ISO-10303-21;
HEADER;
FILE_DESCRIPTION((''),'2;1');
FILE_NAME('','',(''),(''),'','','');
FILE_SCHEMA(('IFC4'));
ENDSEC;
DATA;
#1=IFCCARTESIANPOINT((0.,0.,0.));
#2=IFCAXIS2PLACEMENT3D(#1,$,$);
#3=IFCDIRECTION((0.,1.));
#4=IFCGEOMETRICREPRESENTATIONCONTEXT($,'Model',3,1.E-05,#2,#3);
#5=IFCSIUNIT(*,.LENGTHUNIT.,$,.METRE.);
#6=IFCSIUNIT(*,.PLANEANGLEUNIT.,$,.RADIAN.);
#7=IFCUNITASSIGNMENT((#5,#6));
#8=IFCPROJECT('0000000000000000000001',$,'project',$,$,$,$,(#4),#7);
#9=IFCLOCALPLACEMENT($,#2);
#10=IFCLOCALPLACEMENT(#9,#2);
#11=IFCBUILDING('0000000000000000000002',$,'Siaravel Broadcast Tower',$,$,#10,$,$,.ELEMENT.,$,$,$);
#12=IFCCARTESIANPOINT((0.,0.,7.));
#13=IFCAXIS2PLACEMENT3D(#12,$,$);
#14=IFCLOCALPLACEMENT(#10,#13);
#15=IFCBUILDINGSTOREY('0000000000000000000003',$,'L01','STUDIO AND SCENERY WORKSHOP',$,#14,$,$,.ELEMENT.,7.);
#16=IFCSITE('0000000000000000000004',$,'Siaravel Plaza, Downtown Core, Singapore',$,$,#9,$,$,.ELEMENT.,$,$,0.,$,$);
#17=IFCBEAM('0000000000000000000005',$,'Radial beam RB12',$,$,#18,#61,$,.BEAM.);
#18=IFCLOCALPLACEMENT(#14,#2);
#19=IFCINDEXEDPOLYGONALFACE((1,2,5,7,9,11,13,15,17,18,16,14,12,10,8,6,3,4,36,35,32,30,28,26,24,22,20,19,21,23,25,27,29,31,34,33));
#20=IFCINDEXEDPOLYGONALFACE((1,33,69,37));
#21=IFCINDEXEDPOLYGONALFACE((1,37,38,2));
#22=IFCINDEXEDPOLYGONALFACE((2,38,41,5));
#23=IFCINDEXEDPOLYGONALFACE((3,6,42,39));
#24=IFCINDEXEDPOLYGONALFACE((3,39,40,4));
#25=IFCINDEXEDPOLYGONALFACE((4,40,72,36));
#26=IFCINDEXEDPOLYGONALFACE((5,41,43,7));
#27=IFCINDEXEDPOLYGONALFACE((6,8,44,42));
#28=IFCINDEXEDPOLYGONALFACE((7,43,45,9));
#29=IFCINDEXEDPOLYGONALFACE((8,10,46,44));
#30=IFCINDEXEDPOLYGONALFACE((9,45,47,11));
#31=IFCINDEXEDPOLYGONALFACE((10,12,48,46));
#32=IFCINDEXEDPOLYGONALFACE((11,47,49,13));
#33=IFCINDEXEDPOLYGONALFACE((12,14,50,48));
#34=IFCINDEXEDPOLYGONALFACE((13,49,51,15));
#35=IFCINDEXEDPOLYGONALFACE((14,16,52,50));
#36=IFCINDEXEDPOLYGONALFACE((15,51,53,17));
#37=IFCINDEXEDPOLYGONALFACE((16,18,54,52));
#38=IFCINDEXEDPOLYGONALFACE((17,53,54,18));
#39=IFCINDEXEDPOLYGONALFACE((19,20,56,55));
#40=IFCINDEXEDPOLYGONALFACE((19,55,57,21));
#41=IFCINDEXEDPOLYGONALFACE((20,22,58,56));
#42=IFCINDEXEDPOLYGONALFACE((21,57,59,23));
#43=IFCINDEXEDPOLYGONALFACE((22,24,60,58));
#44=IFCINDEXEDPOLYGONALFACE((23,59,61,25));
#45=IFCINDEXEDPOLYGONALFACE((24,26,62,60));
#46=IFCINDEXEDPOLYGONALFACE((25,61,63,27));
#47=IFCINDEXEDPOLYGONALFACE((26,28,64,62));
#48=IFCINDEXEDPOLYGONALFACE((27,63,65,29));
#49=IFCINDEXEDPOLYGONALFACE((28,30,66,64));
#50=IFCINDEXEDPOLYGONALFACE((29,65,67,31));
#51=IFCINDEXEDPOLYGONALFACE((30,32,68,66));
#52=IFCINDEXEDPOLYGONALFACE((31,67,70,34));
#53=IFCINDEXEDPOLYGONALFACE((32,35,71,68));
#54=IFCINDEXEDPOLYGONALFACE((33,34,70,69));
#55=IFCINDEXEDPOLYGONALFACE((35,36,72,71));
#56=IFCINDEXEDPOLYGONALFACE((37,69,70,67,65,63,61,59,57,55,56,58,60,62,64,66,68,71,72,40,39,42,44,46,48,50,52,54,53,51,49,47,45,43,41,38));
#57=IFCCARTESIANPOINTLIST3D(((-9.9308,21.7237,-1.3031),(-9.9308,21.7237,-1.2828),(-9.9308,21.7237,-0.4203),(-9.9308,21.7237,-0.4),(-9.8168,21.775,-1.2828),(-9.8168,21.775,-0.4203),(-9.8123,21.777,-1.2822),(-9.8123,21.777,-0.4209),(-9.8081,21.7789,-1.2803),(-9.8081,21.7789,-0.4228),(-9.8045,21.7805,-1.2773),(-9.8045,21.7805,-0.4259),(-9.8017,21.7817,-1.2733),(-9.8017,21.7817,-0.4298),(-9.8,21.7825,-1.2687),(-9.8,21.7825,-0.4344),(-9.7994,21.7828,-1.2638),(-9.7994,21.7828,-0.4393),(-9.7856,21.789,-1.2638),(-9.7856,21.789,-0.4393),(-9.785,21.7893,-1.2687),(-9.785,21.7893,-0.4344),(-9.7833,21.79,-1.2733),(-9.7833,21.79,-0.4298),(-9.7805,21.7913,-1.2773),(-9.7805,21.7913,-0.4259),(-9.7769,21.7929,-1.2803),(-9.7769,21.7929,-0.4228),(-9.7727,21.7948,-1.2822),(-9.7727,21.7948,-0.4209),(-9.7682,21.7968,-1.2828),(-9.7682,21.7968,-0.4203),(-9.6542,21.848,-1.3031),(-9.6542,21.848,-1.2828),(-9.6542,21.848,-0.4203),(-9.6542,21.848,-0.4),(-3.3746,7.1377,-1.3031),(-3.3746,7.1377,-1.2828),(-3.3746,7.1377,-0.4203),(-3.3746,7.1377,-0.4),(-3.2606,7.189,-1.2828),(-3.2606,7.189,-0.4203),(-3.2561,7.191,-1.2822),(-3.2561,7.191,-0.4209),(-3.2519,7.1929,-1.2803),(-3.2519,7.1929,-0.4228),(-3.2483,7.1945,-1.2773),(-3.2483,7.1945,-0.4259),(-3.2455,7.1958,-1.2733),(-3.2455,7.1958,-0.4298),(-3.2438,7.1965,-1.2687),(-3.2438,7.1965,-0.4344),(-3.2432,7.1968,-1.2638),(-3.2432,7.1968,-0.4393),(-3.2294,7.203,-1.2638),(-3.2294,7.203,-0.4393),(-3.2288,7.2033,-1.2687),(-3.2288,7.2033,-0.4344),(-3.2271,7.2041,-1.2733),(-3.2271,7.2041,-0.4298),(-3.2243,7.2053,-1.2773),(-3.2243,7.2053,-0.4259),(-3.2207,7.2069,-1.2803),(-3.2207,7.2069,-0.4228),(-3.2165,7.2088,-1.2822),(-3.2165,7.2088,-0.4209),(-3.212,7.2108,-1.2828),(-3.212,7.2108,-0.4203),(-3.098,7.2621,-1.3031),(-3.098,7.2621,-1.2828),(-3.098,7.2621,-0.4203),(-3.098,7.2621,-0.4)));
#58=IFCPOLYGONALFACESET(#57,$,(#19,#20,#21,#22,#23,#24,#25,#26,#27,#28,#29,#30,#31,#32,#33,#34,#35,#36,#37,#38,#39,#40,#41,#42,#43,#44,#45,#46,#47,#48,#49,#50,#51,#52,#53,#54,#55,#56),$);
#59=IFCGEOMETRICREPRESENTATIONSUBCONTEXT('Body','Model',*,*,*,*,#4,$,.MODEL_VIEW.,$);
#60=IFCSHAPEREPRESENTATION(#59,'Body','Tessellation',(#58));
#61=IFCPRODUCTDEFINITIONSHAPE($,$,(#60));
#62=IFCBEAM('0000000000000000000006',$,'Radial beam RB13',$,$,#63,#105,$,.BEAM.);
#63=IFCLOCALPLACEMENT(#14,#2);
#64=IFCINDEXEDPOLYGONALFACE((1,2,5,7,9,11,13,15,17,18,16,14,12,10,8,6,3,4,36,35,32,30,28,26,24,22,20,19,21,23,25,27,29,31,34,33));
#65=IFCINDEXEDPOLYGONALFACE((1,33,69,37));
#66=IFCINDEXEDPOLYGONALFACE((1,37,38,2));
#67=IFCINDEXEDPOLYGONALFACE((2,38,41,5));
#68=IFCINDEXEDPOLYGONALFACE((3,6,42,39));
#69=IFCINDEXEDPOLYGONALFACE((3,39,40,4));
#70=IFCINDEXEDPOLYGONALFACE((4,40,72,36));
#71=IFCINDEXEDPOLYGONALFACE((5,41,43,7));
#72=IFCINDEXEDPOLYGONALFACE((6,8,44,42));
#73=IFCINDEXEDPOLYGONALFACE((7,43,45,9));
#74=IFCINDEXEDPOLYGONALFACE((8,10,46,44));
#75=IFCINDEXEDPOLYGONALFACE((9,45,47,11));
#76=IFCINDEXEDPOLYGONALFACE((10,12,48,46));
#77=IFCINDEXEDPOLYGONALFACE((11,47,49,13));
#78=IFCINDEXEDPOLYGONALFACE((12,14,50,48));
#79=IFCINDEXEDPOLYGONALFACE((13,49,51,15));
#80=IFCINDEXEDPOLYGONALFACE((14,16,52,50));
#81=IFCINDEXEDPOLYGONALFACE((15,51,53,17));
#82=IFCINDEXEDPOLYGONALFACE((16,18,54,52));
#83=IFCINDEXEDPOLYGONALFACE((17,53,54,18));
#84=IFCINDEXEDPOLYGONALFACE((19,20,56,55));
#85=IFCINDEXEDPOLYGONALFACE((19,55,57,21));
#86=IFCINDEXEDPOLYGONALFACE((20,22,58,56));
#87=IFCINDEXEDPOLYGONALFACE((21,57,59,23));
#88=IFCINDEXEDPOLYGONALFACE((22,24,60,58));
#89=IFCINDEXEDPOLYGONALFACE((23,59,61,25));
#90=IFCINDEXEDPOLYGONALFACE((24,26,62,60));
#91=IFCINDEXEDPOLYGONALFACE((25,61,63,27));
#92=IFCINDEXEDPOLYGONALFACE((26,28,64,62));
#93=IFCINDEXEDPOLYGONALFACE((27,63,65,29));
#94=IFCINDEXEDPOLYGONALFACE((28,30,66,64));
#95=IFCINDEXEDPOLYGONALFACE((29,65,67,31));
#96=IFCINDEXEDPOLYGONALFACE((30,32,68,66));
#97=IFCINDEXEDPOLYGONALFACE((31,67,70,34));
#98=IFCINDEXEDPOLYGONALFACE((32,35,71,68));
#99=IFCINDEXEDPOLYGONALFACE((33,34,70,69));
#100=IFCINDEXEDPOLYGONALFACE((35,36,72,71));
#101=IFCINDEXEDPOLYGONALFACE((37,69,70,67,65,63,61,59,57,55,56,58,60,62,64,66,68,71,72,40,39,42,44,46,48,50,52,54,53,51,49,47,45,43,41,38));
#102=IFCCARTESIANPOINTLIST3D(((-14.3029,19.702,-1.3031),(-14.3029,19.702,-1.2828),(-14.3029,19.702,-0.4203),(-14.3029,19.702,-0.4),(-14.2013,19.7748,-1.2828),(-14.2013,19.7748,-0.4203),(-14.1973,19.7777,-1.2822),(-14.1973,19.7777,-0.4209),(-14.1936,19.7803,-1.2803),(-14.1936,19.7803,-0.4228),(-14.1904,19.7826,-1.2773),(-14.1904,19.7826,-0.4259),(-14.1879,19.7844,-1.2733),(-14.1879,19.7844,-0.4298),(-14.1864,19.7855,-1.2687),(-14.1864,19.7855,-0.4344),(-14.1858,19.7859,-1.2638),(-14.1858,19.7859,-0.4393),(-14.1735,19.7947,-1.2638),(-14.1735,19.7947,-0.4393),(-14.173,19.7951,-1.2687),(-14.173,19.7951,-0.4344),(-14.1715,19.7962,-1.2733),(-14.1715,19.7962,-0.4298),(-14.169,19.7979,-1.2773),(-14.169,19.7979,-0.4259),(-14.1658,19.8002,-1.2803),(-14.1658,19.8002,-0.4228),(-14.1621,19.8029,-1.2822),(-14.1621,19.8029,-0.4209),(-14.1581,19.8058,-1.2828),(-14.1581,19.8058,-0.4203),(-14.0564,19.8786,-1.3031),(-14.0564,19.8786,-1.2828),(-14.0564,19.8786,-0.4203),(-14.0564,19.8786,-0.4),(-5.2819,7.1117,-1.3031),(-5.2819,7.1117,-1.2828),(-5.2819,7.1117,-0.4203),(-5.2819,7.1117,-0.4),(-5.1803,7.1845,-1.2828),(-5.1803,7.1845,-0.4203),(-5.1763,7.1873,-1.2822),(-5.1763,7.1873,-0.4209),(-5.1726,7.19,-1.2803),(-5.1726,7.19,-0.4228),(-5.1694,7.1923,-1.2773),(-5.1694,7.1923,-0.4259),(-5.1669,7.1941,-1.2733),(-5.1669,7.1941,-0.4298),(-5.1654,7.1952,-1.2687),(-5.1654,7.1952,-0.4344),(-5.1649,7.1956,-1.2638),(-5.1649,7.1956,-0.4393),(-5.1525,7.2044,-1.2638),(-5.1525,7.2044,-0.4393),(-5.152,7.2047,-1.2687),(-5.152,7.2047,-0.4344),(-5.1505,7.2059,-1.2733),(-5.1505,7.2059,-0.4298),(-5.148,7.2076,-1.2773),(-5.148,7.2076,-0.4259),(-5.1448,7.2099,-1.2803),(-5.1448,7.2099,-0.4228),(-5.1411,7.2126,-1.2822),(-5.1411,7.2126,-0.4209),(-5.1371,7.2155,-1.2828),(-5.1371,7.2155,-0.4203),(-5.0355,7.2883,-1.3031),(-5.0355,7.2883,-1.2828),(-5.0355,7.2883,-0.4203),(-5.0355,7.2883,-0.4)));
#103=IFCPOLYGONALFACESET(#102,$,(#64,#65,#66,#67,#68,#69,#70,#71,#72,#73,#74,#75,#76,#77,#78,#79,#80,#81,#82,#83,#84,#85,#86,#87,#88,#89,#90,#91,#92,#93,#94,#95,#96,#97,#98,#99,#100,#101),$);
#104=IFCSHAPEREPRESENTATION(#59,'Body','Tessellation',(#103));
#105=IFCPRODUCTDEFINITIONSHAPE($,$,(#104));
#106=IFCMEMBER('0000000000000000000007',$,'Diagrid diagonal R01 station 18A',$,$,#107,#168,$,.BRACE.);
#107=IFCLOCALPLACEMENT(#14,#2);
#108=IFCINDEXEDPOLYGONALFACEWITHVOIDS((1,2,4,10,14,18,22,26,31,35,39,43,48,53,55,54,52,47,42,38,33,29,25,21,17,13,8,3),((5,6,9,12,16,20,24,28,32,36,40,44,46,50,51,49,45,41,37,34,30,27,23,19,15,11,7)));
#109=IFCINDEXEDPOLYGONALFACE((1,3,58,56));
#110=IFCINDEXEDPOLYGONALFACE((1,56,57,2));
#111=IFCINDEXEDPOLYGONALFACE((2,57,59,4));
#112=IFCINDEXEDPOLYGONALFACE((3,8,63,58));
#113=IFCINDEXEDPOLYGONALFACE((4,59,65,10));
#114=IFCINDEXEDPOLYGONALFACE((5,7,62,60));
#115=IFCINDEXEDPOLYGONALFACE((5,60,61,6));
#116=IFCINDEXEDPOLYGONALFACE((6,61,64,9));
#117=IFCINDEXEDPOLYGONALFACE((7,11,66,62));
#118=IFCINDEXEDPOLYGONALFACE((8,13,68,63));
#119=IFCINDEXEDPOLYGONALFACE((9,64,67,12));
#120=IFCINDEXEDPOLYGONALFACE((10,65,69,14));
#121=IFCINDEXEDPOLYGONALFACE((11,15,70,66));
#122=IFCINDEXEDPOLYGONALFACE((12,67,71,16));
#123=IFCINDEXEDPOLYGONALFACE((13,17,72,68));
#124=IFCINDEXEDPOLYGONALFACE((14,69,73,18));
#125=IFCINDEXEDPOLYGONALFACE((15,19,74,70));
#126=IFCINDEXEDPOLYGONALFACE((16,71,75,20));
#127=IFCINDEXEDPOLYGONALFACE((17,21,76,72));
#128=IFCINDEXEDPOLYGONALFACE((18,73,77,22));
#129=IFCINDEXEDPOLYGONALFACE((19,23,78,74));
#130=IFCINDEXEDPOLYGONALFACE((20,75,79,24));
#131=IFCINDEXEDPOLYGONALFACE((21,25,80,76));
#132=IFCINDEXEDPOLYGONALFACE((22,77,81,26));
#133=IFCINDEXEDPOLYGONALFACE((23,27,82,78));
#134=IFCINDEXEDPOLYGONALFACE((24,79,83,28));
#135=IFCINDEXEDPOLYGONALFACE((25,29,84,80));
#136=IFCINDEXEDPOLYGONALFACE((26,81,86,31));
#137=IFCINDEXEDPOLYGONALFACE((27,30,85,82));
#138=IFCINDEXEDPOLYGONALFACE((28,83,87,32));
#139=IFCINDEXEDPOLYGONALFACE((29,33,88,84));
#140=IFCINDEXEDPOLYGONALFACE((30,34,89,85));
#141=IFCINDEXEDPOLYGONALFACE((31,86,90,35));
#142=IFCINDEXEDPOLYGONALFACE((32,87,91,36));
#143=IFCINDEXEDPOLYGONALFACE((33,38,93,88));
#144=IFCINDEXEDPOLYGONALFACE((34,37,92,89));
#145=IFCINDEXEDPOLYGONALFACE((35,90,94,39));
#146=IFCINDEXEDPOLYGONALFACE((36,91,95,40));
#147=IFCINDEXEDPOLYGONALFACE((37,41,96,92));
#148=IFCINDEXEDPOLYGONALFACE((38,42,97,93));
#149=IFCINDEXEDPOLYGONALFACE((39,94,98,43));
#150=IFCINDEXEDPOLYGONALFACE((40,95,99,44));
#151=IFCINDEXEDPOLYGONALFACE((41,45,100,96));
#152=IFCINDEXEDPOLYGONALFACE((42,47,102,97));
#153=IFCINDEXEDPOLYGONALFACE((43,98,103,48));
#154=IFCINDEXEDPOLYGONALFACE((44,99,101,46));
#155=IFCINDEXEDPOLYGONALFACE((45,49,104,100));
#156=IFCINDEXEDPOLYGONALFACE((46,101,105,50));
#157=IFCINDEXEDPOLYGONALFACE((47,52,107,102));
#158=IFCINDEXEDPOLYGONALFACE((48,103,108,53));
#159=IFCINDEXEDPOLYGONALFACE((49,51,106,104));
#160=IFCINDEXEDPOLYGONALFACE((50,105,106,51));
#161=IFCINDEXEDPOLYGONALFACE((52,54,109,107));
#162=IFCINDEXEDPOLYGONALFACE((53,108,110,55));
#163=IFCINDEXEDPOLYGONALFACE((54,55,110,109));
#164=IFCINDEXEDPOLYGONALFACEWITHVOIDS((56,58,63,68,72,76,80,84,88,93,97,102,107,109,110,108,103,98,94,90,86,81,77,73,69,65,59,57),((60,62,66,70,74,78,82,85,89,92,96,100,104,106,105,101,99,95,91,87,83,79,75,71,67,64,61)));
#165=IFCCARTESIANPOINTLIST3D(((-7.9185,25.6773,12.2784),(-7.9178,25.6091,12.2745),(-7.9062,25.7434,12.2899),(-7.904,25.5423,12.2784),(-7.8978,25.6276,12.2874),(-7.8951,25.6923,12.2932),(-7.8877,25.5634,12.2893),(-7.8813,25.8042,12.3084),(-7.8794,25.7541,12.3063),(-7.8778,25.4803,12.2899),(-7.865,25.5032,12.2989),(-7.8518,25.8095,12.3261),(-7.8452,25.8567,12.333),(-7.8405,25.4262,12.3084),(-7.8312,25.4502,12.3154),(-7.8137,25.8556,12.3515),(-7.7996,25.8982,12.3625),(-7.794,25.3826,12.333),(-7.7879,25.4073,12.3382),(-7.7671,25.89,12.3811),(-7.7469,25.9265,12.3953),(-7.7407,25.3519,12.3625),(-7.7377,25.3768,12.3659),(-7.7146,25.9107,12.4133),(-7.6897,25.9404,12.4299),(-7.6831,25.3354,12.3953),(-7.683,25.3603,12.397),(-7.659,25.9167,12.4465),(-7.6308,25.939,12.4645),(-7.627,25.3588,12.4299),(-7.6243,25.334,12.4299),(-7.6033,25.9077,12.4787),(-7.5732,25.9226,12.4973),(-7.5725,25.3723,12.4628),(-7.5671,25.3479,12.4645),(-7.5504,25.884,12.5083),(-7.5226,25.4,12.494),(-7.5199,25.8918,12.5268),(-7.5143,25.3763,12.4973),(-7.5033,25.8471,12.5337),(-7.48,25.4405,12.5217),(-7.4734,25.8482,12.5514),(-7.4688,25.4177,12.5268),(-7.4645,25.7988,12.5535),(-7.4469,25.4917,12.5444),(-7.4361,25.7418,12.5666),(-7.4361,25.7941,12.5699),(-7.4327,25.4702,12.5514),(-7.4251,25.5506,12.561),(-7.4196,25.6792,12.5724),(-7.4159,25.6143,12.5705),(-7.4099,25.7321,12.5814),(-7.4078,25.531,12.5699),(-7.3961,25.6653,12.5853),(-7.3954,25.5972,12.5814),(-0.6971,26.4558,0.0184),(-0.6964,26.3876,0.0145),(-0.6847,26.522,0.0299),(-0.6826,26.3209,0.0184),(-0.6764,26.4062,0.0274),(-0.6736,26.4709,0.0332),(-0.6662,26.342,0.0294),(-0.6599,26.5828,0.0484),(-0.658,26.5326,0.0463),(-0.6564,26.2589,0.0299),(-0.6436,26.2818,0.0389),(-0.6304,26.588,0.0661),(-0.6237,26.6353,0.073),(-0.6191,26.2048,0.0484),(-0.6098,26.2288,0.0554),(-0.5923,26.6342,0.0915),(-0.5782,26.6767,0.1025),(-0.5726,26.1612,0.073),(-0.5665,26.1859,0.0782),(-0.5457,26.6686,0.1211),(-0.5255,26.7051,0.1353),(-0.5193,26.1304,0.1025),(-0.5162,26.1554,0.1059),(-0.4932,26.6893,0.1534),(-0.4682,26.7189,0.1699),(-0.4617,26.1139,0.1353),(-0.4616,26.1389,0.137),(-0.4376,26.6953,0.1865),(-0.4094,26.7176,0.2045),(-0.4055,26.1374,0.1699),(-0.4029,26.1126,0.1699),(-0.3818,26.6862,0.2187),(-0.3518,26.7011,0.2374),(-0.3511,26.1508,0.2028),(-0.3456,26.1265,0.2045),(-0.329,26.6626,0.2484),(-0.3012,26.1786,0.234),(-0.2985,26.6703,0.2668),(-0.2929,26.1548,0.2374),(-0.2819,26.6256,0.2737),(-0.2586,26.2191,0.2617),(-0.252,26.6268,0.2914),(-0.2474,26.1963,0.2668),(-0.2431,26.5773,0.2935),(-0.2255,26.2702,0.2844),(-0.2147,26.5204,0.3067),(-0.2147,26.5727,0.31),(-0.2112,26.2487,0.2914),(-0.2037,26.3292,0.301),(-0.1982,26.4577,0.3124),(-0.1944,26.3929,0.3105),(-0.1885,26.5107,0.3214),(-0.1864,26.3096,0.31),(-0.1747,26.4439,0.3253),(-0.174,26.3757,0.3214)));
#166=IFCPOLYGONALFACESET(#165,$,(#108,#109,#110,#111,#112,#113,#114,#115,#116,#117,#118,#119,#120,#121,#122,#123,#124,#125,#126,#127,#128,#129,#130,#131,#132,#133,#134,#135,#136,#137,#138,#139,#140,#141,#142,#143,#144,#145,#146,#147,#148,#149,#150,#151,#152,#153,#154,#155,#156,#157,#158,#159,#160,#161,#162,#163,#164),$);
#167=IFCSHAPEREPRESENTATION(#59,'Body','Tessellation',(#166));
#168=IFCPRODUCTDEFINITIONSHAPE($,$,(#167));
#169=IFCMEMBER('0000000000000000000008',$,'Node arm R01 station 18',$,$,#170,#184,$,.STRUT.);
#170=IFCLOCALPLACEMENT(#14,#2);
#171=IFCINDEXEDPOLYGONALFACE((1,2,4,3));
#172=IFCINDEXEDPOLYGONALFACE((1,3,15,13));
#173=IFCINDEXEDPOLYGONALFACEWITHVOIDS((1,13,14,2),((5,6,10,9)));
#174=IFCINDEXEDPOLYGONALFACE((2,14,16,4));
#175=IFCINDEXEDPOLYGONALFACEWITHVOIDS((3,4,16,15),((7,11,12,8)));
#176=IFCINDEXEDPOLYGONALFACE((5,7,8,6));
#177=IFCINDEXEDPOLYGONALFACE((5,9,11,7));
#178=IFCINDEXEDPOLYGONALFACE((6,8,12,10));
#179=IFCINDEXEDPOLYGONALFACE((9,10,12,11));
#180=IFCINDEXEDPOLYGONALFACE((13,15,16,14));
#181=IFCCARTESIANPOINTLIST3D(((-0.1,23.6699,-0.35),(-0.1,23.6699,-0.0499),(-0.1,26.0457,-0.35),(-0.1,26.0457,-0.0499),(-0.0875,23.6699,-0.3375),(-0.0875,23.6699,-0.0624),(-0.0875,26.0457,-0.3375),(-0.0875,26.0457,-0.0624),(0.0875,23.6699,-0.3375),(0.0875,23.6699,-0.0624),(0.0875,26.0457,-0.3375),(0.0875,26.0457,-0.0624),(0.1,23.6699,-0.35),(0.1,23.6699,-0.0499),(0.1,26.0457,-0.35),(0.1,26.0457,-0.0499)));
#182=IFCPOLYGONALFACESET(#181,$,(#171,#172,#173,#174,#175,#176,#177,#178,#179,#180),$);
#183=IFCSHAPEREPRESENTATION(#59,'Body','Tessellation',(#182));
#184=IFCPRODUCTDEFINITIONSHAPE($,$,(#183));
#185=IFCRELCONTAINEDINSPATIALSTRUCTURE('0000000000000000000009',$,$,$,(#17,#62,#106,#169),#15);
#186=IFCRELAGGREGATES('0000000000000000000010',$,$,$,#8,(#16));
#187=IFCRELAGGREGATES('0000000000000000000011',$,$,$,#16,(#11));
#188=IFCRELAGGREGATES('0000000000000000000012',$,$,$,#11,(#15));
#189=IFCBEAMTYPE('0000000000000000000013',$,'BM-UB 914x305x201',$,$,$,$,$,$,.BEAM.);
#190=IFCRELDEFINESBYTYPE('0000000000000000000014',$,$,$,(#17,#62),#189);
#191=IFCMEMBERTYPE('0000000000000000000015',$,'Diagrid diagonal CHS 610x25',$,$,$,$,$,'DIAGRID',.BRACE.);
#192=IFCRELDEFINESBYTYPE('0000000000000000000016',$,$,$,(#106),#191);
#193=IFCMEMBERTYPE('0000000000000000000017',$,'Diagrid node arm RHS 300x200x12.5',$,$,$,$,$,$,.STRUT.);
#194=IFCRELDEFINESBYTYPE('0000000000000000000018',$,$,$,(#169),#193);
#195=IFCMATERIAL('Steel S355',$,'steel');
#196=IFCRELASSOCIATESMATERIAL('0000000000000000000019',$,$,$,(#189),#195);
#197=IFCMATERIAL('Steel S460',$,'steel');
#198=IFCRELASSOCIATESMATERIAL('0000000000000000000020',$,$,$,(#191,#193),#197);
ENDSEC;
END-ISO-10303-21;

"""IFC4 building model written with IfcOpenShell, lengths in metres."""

from ifc_helpers import new_model, si_unit, direction, frame, origin, origin_2d, place, context, subcontext, project, spatial, hollow_rectangle, hollow_circle, i_section, extrude, material, material_profile, profile_set, type_object, element, save


model = new_model("IFC4")

# Units and contexts
model_context = context("Model", 3, precision=1e-05, world=origin(), true_north=direction((0.0, 1.0)))
body_context = subcontext(model_context, "Body", "Model", "MODEL_VIEW")
ifc_project = project(units=[si_unit("LENGTHUNIT", "METRE"), si_unit("PLANEANGLEUNIT", "RADIAN")], contexts=[model_context])

# Site, building, storey
site_placement = place(None, origin())
site = spatial("IfcSite", under=ifc_project, at=site_placement, Name="Siaravel Plaza, Downtown Core, Singapore", CompositionType="ELEMENT", RefElevation=0.0)
building_placement = place(site_placement, origin())
building = spatial("IfcBuilding", under=site, at=building_placement, Name="Siaravel Broadcast Tower", CompositionType="ELEMENT")
storey_placement = place(building_placement, frame((0.0, 0.0, 7.0)))
storey = spatial("IfcBuildingStorey", under=building, at=storey_placement, Name="L01", Description="STUDIO AND SCENERY WORKSHOP", CompositionType="ELEMENT", Elevation=7.0)

# Beams
ifc_material_1 = material(Name="Steel S355", Category="steel")
ifc_material_profile_1 = material_profile(ifc_material_1, i_section(OverallWidth=0.3032, OverallDepth=0.9031, WebThickness=0.0151, FlangeThickness=0.0203, FilletRadius=0.019, at=origin_2d()))
ifc_profile_set_1 = profile_set([ifc_material_profile_1], Name="Steel S355")
beam_type = type_object("IfcBeamType", Name="BM-UB 914x305x201", PredefinedType="BEAM", material=ifc_profile_set_1)
beam_1_placement = place(storey_placement, frame((-9.7925, 21.7859, -0.8516), z_axis=(0.409974, -0.912097, 0.0), x_axis=(0.912097, 0.409974, 0.0)))
element("IfcBeam", 1, at=beam_1_placement, inside=storey, type_object=beam_type, Name="Radial beam RB12", PredefinedType="BEAM", context=body_context, shape_type="SweptSolid", body=[
    extrude(i_section(OverallWidth=0.3032, OverallDepth=0.9031, WebThickness=0.0151, FlangeThickness=0.0203, FilletRadius=0.019, at=origin_2d()), origin(), (0.0, 0.0, 1.0), 15.9917),
])
beam_2_placement = place(storey_placement, frame((-14.1797, 19.7903, -0.8516), z_axis=(0.58243, -0.812881, 0.0), x_axis=(0.812881, 0.58243, 0.0)))
element("IfcBeam", 2, at=beam_2_placement, inside=storey, type_object=beam_type, Name="Radial beam RB13", PredefinedType="BEAM", context=body_context, shape_type="SweptSolid", body=[
    extrude(i_section(OverallWidth=0.3032, OverallDepth=0.9031, WebThickness=0.0151, FlangeThickness=0.0203, FilletRadius=0.019, at=origin_2d()), origin(), (0.0, 0.0, 1.0), 15.4885),
])

# Members
ifc_material_2 = material(Name="Steel S460", Category="steel")
ifc_material_profile_2 = material_profile(ifc_material_2, hollow_circle(Radius=0.3049, WallThickness=0.0249, at=origin_2d()))
ifc_profile_set_2 = profile_set([ifc_material_profile_2], Name="Steel S460")
member_type_1 = type_object("IfcMemberType", Name="Diagrid diagonal CHS 610x25", ElementType="DIAGRID", PredefinedType="BRACE", material=ifc_profile_set_2)
member_1_placement = place(storey_placement, frame((-0.4355, 26.4158, 0.1699), z_axis=(-0.506767, -0.054636, 0.86035), x_axis=(0.107192, -0.994238, 0.0)))
element("IfcMember", 3, at=member_1_placement, inside=storey, type_object=member_type_1, Name="Diagrid diagonal R01 station 18A", PredefinedType="BRACE", context=body_context, shape_type="SweptSolid", body=[
    extrude(hollow_circle(Radius=0.3049, WallThickness=0.0249, at=origin_2d()), origin(), (0.0, 0.0, 1.0), 14.25),
])
ifc_material_profile_3 = material_profile(ifc_material_2, hollow_rectangle(XDim=0.2, YDim=0.3, WallThickness=0.0125, at=origin_2d()))
ifc_profile_set_3 = profile_set([ifc_material_profile_3], Name="Steel S460")
member_type_2 = type_object("IfcMemberType", Name="Diagrid node arm RHS 300x200x12.5", PredefinedType="STRUT", material=ifc_profile_set_3)
member_2_placement = place(storey_placement, frame((0.0, 23.6699, -0.2), z_axis=(0.0, 1.0, 0.0), x_axis=(-1.0, 0.0, 0.0)))
element("IfcMember", 4, at=member_2_placement, inside=storey, type_object=member_type_2, Name="Node arm R01 station 18", PredefinedType="STRUT", context=body_context, shape_type="SweptSolid", body=[
    extrude(hollow_rectangle(XDim=0.2, YDim=0.3, WallThickness=0.0125, at=origin_2d()), origin(), (0.0, 0.0, 1.0), 2.3757),
])

save(model, "model.ifc")
